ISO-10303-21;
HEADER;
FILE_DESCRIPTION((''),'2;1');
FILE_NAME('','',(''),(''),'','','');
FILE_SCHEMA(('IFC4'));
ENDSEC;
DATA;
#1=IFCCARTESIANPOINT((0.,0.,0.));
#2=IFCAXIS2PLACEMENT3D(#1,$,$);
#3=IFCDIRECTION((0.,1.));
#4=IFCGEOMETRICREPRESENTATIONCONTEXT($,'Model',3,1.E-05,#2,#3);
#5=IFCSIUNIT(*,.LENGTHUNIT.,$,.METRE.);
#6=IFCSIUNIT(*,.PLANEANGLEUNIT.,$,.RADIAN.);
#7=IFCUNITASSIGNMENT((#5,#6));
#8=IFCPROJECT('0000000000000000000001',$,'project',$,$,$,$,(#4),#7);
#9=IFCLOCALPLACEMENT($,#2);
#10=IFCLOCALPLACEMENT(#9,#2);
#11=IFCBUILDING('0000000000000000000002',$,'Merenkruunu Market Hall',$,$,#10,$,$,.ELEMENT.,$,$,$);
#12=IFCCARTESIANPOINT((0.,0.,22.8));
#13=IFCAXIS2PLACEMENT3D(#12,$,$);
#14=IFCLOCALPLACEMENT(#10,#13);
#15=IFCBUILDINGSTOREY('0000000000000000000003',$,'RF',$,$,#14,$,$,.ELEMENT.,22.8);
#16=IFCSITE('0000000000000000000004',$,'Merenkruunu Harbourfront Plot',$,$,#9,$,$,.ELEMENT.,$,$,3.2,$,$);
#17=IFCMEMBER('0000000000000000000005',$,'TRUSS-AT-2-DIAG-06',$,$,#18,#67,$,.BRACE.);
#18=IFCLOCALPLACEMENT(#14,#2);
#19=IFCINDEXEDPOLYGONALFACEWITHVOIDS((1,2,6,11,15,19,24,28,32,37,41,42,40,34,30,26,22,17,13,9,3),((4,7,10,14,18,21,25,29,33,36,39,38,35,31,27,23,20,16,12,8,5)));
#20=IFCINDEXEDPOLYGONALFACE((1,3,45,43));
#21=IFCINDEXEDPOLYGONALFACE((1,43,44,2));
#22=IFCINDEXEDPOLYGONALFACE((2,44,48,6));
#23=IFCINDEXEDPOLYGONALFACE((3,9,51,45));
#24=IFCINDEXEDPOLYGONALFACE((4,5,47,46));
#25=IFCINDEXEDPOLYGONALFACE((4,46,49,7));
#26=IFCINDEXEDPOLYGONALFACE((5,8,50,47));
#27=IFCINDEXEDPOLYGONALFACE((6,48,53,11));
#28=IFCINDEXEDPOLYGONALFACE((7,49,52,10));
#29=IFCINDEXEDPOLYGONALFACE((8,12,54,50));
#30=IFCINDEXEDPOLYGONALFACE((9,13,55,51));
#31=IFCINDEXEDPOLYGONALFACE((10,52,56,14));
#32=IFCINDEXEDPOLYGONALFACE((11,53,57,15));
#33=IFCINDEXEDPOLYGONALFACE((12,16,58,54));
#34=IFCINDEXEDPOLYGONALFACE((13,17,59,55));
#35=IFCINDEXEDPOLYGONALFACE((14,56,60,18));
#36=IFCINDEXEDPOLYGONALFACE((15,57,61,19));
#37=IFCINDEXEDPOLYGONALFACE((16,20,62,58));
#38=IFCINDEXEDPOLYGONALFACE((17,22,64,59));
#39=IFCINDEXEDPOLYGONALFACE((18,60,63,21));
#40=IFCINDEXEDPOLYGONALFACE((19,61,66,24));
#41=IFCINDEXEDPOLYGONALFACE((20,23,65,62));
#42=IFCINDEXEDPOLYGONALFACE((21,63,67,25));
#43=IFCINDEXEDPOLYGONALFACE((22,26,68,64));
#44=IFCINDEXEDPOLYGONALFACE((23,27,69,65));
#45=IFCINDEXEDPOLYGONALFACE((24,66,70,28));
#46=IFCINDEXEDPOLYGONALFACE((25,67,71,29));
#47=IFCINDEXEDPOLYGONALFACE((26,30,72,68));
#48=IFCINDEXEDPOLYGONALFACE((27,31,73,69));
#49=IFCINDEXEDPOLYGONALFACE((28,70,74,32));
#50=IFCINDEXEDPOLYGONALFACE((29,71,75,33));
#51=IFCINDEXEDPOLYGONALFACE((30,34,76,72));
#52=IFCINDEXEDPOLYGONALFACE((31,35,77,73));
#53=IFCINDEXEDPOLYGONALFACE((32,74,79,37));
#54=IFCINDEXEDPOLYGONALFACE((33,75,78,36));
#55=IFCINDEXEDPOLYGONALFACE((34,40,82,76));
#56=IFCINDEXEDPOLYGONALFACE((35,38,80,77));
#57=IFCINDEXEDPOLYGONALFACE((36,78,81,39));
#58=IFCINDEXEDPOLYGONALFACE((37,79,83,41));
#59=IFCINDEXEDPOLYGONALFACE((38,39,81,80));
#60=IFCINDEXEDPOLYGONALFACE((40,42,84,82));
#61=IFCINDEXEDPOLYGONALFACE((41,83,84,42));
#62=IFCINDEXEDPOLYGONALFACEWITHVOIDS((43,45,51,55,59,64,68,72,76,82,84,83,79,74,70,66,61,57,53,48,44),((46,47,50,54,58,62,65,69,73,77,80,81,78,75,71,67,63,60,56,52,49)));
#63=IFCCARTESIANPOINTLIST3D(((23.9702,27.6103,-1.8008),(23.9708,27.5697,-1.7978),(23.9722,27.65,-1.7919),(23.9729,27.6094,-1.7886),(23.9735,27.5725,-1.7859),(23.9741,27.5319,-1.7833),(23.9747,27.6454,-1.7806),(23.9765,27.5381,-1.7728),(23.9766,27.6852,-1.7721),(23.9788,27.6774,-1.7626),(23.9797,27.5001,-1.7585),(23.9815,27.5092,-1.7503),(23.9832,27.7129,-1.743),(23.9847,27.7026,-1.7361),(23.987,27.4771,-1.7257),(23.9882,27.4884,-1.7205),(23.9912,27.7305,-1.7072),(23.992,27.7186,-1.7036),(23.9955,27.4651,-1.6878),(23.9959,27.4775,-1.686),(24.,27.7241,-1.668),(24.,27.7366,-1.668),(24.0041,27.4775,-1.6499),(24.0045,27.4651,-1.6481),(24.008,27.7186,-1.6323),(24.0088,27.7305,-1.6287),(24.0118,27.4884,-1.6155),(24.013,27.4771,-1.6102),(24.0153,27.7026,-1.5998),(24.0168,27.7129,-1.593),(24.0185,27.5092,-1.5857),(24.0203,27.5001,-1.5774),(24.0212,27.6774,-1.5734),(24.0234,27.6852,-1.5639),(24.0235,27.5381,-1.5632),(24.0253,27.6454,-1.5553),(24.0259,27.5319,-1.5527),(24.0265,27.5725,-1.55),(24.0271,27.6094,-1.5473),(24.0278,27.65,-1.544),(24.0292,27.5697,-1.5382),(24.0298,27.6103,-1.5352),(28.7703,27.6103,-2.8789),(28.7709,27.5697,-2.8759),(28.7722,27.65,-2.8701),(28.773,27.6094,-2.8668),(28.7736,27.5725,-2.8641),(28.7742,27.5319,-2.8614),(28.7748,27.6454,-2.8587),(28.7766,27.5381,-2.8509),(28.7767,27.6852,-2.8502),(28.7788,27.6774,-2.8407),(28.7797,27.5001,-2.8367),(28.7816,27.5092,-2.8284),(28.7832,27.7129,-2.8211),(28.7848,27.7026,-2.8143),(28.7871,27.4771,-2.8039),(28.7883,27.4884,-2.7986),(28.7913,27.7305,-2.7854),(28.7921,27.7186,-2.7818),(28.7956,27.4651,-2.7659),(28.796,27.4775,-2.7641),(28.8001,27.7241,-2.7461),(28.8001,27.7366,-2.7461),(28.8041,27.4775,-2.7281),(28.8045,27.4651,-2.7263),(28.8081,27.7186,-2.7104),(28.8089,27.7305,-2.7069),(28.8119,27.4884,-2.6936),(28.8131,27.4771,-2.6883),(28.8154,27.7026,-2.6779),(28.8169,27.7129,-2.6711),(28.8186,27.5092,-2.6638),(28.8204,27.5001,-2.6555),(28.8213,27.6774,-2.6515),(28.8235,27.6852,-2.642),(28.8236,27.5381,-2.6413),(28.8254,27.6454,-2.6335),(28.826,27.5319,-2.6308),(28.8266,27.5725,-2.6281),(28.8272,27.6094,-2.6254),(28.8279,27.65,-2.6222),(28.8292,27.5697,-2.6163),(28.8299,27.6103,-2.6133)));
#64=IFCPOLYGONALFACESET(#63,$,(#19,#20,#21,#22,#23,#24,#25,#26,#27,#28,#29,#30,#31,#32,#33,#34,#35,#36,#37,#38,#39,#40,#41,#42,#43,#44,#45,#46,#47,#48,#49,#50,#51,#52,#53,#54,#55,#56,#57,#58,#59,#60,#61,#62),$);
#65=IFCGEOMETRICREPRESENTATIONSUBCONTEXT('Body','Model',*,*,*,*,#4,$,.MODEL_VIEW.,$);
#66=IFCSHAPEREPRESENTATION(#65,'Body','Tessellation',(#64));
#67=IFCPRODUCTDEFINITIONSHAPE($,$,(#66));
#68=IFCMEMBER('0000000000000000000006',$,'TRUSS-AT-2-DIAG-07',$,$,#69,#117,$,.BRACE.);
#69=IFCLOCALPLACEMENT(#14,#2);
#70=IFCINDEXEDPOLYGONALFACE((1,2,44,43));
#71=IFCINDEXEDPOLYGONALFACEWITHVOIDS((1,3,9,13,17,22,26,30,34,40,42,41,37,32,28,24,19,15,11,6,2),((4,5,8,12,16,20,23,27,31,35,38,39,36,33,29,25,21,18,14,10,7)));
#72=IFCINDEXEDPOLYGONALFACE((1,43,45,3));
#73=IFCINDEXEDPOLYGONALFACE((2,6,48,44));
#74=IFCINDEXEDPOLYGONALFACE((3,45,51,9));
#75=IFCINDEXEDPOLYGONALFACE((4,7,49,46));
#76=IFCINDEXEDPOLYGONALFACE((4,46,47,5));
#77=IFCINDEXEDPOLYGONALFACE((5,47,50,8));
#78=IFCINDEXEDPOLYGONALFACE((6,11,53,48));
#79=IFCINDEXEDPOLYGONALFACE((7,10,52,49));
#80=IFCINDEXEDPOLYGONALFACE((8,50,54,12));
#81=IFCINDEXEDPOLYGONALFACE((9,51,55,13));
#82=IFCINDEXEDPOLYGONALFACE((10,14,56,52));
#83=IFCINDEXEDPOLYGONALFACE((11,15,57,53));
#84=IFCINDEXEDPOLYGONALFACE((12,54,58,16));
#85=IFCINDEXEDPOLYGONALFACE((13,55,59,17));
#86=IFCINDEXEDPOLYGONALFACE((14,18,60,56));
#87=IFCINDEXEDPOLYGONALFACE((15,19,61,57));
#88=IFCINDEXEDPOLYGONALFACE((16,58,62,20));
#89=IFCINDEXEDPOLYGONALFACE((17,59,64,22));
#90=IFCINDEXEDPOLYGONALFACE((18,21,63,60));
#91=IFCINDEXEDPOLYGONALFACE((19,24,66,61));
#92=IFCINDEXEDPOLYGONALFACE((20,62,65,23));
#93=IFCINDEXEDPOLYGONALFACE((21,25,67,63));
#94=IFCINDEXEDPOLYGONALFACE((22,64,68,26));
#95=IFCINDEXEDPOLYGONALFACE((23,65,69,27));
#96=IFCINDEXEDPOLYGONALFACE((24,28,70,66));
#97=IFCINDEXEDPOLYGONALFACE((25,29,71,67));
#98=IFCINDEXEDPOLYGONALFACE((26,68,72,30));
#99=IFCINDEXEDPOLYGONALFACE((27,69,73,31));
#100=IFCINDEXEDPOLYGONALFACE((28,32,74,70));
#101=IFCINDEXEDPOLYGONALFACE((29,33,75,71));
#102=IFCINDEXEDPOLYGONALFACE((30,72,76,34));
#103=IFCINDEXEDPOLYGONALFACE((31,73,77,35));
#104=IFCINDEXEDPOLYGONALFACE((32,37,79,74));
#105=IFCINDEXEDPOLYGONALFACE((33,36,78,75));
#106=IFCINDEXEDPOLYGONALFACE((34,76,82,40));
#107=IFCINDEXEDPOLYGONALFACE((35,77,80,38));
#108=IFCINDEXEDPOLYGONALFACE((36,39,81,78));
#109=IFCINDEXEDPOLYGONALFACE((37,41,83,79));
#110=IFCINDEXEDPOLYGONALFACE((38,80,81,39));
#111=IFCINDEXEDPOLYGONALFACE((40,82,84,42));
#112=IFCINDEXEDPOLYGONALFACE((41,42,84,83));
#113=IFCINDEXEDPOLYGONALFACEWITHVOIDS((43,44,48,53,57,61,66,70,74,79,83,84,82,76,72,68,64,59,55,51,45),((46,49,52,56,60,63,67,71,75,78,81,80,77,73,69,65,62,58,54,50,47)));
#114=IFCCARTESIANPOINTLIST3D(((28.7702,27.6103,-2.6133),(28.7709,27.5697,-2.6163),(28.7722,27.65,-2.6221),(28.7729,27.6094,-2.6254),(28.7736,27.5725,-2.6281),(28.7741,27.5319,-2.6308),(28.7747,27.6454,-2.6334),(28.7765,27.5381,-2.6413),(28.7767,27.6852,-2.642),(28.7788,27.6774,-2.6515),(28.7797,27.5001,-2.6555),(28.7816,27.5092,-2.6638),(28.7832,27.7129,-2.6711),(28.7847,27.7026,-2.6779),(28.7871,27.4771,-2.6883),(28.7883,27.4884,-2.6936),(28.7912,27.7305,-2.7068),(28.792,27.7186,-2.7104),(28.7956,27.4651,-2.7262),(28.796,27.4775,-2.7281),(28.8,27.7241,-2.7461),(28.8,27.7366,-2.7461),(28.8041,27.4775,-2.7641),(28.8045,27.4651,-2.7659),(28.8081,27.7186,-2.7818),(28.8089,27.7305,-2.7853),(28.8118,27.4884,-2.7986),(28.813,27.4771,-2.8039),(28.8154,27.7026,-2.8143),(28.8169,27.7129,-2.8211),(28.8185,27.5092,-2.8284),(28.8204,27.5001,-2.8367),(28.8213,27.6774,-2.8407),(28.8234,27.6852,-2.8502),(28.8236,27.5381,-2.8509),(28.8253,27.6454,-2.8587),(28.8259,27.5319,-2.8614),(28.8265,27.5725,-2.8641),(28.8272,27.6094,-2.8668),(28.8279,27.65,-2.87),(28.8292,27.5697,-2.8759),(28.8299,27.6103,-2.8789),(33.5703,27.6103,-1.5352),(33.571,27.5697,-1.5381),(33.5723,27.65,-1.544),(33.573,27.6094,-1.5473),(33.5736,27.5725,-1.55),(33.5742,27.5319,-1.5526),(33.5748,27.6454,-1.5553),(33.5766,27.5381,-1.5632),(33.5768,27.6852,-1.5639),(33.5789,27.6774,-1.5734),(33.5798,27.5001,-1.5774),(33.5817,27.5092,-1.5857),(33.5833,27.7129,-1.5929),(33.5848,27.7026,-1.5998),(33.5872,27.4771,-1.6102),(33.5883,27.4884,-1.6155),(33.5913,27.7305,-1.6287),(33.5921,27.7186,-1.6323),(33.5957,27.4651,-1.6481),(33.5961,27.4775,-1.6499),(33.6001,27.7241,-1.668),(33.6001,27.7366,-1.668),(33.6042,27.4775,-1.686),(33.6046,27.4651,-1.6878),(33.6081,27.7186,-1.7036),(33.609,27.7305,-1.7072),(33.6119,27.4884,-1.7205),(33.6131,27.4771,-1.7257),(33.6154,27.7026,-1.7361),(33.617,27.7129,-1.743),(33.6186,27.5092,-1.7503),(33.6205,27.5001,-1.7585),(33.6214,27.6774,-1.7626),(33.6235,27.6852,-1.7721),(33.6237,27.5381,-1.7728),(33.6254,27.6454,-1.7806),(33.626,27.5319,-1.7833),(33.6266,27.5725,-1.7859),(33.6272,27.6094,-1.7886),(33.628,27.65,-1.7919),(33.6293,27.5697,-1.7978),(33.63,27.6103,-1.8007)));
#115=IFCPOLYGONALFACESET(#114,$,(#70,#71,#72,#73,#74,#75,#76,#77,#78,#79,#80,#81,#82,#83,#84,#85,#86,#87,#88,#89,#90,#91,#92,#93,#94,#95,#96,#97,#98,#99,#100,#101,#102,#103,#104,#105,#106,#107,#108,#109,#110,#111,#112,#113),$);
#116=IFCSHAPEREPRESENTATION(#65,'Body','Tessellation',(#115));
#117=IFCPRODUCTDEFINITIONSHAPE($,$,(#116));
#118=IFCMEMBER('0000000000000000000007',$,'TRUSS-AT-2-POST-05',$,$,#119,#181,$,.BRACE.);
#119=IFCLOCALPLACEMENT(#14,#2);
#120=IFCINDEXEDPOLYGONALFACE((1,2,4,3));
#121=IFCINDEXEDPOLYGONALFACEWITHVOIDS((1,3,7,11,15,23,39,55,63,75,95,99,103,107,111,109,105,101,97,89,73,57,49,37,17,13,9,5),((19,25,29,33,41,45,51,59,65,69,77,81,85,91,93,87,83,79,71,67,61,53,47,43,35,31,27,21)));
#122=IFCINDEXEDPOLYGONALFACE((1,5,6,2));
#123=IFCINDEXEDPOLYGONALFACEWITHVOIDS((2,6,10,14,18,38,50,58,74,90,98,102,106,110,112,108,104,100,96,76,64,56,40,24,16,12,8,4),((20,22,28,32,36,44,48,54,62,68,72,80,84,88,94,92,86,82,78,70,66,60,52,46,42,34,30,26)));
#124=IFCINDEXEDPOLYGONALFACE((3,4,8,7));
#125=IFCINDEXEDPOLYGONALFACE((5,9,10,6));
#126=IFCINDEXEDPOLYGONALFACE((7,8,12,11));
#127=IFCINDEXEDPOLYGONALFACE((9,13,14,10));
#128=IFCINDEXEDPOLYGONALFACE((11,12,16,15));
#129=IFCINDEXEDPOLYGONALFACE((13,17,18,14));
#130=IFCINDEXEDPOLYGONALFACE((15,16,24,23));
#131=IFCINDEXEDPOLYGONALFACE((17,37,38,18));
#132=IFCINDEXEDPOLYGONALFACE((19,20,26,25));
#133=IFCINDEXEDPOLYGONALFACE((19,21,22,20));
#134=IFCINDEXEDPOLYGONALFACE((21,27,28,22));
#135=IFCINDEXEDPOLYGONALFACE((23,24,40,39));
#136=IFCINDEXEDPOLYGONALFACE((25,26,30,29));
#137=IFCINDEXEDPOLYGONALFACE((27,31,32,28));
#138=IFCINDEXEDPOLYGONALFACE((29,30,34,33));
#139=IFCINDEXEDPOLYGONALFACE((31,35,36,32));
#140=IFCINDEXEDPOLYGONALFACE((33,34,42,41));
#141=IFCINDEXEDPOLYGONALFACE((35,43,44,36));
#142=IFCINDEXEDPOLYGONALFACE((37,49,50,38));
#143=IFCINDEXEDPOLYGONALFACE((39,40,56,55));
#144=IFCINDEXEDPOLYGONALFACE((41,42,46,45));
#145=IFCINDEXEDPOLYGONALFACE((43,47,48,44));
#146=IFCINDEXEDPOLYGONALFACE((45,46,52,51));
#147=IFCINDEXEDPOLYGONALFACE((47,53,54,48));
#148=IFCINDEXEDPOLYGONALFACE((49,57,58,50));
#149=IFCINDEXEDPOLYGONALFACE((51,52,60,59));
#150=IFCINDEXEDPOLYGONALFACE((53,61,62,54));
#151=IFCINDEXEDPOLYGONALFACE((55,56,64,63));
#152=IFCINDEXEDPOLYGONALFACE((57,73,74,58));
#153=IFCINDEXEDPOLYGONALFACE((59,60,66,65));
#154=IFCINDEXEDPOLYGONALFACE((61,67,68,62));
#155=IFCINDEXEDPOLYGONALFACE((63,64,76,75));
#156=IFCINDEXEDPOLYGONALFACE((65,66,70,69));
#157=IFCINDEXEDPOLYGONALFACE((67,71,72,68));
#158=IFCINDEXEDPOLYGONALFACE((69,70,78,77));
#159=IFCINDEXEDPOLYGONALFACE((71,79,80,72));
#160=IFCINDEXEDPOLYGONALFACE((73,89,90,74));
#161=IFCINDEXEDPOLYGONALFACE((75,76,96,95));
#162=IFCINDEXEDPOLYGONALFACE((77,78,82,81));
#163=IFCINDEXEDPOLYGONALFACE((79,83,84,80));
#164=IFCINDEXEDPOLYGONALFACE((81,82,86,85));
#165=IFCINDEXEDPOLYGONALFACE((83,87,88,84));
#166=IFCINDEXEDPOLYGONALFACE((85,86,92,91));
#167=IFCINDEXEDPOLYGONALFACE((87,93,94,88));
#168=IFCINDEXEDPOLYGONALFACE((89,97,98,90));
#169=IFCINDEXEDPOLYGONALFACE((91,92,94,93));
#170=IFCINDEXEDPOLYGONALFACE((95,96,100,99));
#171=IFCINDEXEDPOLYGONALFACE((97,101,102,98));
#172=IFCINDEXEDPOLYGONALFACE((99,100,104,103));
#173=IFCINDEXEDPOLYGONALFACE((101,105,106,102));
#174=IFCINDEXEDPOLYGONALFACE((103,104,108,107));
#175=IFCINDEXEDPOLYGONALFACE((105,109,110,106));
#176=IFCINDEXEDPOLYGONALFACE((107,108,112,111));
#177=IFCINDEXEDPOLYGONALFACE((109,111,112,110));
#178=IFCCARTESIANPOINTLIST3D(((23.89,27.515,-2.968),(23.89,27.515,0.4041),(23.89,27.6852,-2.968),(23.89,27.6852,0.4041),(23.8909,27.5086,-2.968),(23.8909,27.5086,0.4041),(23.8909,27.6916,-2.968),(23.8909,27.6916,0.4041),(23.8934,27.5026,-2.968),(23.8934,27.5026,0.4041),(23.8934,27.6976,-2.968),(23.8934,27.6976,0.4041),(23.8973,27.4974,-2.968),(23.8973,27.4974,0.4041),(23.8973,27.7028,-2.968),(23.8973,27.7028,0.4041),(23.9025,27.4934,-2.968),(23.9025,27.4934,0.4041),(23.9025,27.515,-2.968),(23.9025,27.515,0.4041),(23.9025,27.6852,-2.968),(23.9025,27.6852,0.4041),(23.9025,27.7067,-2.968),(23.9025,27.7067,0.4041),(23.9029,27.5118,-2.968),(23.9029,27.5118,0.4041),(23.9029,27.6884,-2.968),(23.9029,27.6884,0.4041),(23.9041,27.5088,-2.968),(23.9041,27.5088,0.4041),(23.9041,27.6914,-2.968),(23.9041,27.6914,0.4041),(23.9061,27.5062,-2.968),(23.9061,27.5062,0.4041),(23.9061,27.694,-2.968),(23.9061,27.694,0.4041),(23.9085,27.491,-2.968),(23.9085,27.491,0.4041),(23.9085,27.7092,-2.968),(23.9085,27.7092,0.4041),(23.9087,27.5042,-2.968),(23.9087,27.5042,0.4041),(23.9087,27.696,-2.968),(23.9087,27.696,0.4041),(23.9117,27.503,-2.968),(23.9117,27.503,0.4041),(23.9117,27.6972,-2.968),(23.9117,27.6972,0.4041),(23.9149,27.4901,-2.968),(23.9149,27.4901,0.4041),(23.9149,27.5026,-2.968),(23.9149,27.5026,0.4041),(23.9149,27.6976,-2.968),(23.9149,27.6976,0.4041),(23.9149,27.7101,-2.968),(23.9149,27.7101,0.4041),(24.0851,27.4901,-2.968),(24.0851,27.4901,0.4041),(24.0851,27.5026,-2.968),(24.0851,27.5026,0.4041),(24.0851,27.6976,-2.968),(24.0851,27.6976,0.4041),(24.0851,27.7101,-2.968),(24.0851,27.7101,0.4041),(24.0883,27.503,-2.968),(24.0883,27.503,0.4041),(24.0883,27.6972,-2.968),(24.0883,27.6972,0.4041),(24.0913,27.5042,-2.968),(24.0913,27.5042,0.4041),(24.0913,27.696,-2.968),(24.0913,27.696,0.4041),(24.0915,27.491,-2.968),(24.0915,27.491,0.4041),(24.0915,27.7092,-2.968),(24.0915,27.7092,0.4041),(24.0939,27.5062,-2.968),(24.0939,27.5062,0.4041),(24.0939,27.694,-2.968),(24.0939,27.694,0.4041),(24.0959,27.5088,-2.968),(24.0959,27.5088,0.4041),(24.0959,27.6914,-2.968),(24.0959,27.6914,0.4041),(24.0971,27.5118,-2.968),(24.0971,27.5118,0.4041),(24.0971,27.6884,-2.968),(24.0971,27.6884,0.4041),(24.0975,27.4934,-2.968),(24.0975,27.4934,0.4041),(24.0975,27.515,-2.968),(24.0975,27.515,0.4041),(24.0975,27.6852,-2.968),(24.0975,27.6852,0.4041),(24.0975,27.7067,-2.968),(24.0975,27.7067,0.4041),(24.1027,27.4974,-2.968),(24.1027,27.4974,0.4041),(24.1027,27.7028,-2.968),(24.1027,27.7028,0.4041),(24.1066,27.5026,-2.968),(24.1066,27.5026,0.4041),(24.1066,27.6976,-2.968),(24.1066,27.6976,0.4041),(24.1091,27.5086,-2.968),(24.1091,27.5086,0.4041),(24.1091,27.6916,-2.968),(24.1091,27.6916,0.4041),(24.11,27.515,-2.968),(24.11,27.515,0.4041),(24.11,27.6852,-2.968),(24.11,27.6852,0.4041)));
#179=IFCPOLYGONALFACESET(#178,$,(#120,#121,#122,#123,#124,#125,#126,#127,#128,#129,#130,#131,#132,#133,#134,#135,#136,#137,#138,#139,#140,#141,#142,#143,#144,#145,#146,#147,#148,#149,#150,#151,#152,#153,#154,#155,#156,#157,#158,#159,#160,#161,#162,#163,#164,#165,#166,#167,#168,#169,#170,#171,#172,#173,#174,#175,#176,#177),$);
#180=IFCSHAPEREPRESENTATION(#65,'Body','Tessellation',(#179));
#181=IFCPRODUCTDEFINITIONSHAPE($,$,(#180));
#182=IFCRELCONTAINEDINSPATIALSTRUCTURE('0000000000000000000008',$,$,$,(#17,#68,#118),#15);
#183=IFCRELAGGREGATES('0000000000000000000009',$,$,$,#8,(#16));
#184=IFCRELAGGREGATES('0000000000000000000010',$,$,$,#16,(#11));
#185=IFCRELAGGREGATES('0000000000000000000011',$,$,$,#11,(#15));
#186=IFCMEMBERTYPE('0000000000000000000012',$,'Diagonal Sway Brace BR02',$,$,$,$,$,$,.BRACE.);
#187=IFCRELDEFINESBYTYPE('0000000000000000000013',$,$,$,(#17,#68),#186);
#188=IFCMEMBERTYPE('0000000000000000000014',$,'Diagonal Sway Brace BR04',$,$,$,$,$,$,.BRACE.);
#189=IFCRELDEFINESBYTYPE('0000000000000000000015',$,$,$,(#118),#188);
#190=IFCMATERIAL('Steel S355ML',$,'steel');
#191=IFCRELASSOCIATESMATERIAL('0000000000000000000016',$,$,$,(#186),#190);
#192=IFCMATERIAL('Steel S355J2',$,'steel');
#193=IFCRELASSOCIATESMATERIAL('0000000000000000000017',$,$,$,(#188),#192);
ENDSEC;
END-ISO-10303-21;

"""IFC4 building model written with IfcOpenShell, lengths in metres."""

from ifc_helpers import new_model, si_unit, direction, frame, origin, origin_2d, place, context, subcontext, project, spatial, hollow_rectangle, hollow_circle, extrude, material, material_profile, profile_set, type_object, element, save


model = new_model("IFC4")

# Units and contexts
model_context = context("Model", 3, precision=1e-05, world=origin(), true_north=direction((0.0, 1.0)))
body_context = subcontext(model_context, "Body", "Model", "MODEL_VIEW")
ifc_project = project(units=[si_unit("LENGTHUNIT", "METRE"), si_unit("PLANEANGLEUNIT", "RADIAN")], contexts=[model_context])

# Site, building, storey
site_placement = place(None, origin())
site = spatial("IfcSite", under=ifc_project, at=site_placement, Name="Merenkruunu Harbourfront Plot", CompositionType="ELEMENT", RefElevation=3.2)
building_placement = place(site_placement, origin())
building = spatial("IfcBuilding", under=site, at=building_placement, Name="Merenkruunu Market Hall", CompositionType="ELEMENT")
storey_placement = place(building_placement, frame((0.0, 0.0, 22.8)))
storey = spatial("IfcBuildingStorey", under=building, at=storey_placement, Name="RF", CompositionType="ELEMENT", Elevation=22.8)

# Members
ifc_material_1 = material(Name="Steel S355ML", Category="steel")
ifc_material_profile_1 = material_profile(ifc_material_1, hollow_circle(Radius=0.1365, WallThickness=0.0125, at=origin_2d()), Name="CHS 273x12.5")
ifc_profile_set_1 = profile_set([ifc_material_profile_1], Name="Steel S355ML")
member_type_1 = type_object("IfcMemberType", Name="Diagonal Sway Brace BR02", PredefinedType="BRACE", material=ifc_profile_set_1)
for number, where, z_axis, x_axis, name in (
    (1, (24.0, 27.6001, -1.668), (0.975692, 0.0, -0.219147), (0.0, 1.0, 0.0), "TRUSS-AT-2-DIAG-06"),
    (2, (28.8, 27.6001, -2.7461), (0.975692, 0.0, 0.219147), (0.0, 1.0, 0.0), "TRUSS-AT-2-DIAG-07"),
):
    element("IfcMember", number, at=place(storey_placement, frame(where, z_axis=z_axis, x_axis=x_axis)), inside=storey, type_object=member_type_1, Name=name, PredefinedType="BRACE", context=body_context, shape_type="SweptSolid", body=[
        extrude(hollow_circle(Radius=0.1365, WallThickness=0.0125, at=origin_2d()), origin(), (0.0, 0.0, 1.0), 4.9197),
    ])
ifc_material_2 = material(Name="Steel S355J2", Category="steel")
ifc_material_profile_2 = material_profile(ifc_material_2, hollow_rectangle(XDim=0.22, YDim=0.22, WallThickness=0.0125, InnerFilletRadius=0.0125, OuterFilletRadius=0.0249, at=origin_2d()), Name="SHS 220x220x12.5")
ifc_profile_set_2 = profile_set([ifc_material_profile_2], Name="Steel S355J2")
member_type_2 = type_object("IfcMemberType", Name="Diagonal Sway Brace BR04", PredefinedType="BRACE", material=ifc_profile_set_2)
member_1_placement = place(storey_placement, frame((24.0, 27.6001, -2.968), z_axis=(0.0, 0.0, 1.0), x_axis=(1.0, 0.0, 0.0)))
element("IfcMember", 3, at=member_1_placement, inside=storey, type_object=member_type_2, Name="TRUSS-AT-2-POST-05", PredefinedType="BRACE", context=body_context, shape_type="SweptSolid", body=[
    extrude(hollow_rectangle(XDim=0.22, YDim=0.22, WallThickness=0.0125, InnerFilletRadius=0.0125, OuterFilletRadius=0.0249, at=origin_2d()), origin(), (0.0, 0.0, 1.0), 3.3721),
])

save(model, "model.ifc")
